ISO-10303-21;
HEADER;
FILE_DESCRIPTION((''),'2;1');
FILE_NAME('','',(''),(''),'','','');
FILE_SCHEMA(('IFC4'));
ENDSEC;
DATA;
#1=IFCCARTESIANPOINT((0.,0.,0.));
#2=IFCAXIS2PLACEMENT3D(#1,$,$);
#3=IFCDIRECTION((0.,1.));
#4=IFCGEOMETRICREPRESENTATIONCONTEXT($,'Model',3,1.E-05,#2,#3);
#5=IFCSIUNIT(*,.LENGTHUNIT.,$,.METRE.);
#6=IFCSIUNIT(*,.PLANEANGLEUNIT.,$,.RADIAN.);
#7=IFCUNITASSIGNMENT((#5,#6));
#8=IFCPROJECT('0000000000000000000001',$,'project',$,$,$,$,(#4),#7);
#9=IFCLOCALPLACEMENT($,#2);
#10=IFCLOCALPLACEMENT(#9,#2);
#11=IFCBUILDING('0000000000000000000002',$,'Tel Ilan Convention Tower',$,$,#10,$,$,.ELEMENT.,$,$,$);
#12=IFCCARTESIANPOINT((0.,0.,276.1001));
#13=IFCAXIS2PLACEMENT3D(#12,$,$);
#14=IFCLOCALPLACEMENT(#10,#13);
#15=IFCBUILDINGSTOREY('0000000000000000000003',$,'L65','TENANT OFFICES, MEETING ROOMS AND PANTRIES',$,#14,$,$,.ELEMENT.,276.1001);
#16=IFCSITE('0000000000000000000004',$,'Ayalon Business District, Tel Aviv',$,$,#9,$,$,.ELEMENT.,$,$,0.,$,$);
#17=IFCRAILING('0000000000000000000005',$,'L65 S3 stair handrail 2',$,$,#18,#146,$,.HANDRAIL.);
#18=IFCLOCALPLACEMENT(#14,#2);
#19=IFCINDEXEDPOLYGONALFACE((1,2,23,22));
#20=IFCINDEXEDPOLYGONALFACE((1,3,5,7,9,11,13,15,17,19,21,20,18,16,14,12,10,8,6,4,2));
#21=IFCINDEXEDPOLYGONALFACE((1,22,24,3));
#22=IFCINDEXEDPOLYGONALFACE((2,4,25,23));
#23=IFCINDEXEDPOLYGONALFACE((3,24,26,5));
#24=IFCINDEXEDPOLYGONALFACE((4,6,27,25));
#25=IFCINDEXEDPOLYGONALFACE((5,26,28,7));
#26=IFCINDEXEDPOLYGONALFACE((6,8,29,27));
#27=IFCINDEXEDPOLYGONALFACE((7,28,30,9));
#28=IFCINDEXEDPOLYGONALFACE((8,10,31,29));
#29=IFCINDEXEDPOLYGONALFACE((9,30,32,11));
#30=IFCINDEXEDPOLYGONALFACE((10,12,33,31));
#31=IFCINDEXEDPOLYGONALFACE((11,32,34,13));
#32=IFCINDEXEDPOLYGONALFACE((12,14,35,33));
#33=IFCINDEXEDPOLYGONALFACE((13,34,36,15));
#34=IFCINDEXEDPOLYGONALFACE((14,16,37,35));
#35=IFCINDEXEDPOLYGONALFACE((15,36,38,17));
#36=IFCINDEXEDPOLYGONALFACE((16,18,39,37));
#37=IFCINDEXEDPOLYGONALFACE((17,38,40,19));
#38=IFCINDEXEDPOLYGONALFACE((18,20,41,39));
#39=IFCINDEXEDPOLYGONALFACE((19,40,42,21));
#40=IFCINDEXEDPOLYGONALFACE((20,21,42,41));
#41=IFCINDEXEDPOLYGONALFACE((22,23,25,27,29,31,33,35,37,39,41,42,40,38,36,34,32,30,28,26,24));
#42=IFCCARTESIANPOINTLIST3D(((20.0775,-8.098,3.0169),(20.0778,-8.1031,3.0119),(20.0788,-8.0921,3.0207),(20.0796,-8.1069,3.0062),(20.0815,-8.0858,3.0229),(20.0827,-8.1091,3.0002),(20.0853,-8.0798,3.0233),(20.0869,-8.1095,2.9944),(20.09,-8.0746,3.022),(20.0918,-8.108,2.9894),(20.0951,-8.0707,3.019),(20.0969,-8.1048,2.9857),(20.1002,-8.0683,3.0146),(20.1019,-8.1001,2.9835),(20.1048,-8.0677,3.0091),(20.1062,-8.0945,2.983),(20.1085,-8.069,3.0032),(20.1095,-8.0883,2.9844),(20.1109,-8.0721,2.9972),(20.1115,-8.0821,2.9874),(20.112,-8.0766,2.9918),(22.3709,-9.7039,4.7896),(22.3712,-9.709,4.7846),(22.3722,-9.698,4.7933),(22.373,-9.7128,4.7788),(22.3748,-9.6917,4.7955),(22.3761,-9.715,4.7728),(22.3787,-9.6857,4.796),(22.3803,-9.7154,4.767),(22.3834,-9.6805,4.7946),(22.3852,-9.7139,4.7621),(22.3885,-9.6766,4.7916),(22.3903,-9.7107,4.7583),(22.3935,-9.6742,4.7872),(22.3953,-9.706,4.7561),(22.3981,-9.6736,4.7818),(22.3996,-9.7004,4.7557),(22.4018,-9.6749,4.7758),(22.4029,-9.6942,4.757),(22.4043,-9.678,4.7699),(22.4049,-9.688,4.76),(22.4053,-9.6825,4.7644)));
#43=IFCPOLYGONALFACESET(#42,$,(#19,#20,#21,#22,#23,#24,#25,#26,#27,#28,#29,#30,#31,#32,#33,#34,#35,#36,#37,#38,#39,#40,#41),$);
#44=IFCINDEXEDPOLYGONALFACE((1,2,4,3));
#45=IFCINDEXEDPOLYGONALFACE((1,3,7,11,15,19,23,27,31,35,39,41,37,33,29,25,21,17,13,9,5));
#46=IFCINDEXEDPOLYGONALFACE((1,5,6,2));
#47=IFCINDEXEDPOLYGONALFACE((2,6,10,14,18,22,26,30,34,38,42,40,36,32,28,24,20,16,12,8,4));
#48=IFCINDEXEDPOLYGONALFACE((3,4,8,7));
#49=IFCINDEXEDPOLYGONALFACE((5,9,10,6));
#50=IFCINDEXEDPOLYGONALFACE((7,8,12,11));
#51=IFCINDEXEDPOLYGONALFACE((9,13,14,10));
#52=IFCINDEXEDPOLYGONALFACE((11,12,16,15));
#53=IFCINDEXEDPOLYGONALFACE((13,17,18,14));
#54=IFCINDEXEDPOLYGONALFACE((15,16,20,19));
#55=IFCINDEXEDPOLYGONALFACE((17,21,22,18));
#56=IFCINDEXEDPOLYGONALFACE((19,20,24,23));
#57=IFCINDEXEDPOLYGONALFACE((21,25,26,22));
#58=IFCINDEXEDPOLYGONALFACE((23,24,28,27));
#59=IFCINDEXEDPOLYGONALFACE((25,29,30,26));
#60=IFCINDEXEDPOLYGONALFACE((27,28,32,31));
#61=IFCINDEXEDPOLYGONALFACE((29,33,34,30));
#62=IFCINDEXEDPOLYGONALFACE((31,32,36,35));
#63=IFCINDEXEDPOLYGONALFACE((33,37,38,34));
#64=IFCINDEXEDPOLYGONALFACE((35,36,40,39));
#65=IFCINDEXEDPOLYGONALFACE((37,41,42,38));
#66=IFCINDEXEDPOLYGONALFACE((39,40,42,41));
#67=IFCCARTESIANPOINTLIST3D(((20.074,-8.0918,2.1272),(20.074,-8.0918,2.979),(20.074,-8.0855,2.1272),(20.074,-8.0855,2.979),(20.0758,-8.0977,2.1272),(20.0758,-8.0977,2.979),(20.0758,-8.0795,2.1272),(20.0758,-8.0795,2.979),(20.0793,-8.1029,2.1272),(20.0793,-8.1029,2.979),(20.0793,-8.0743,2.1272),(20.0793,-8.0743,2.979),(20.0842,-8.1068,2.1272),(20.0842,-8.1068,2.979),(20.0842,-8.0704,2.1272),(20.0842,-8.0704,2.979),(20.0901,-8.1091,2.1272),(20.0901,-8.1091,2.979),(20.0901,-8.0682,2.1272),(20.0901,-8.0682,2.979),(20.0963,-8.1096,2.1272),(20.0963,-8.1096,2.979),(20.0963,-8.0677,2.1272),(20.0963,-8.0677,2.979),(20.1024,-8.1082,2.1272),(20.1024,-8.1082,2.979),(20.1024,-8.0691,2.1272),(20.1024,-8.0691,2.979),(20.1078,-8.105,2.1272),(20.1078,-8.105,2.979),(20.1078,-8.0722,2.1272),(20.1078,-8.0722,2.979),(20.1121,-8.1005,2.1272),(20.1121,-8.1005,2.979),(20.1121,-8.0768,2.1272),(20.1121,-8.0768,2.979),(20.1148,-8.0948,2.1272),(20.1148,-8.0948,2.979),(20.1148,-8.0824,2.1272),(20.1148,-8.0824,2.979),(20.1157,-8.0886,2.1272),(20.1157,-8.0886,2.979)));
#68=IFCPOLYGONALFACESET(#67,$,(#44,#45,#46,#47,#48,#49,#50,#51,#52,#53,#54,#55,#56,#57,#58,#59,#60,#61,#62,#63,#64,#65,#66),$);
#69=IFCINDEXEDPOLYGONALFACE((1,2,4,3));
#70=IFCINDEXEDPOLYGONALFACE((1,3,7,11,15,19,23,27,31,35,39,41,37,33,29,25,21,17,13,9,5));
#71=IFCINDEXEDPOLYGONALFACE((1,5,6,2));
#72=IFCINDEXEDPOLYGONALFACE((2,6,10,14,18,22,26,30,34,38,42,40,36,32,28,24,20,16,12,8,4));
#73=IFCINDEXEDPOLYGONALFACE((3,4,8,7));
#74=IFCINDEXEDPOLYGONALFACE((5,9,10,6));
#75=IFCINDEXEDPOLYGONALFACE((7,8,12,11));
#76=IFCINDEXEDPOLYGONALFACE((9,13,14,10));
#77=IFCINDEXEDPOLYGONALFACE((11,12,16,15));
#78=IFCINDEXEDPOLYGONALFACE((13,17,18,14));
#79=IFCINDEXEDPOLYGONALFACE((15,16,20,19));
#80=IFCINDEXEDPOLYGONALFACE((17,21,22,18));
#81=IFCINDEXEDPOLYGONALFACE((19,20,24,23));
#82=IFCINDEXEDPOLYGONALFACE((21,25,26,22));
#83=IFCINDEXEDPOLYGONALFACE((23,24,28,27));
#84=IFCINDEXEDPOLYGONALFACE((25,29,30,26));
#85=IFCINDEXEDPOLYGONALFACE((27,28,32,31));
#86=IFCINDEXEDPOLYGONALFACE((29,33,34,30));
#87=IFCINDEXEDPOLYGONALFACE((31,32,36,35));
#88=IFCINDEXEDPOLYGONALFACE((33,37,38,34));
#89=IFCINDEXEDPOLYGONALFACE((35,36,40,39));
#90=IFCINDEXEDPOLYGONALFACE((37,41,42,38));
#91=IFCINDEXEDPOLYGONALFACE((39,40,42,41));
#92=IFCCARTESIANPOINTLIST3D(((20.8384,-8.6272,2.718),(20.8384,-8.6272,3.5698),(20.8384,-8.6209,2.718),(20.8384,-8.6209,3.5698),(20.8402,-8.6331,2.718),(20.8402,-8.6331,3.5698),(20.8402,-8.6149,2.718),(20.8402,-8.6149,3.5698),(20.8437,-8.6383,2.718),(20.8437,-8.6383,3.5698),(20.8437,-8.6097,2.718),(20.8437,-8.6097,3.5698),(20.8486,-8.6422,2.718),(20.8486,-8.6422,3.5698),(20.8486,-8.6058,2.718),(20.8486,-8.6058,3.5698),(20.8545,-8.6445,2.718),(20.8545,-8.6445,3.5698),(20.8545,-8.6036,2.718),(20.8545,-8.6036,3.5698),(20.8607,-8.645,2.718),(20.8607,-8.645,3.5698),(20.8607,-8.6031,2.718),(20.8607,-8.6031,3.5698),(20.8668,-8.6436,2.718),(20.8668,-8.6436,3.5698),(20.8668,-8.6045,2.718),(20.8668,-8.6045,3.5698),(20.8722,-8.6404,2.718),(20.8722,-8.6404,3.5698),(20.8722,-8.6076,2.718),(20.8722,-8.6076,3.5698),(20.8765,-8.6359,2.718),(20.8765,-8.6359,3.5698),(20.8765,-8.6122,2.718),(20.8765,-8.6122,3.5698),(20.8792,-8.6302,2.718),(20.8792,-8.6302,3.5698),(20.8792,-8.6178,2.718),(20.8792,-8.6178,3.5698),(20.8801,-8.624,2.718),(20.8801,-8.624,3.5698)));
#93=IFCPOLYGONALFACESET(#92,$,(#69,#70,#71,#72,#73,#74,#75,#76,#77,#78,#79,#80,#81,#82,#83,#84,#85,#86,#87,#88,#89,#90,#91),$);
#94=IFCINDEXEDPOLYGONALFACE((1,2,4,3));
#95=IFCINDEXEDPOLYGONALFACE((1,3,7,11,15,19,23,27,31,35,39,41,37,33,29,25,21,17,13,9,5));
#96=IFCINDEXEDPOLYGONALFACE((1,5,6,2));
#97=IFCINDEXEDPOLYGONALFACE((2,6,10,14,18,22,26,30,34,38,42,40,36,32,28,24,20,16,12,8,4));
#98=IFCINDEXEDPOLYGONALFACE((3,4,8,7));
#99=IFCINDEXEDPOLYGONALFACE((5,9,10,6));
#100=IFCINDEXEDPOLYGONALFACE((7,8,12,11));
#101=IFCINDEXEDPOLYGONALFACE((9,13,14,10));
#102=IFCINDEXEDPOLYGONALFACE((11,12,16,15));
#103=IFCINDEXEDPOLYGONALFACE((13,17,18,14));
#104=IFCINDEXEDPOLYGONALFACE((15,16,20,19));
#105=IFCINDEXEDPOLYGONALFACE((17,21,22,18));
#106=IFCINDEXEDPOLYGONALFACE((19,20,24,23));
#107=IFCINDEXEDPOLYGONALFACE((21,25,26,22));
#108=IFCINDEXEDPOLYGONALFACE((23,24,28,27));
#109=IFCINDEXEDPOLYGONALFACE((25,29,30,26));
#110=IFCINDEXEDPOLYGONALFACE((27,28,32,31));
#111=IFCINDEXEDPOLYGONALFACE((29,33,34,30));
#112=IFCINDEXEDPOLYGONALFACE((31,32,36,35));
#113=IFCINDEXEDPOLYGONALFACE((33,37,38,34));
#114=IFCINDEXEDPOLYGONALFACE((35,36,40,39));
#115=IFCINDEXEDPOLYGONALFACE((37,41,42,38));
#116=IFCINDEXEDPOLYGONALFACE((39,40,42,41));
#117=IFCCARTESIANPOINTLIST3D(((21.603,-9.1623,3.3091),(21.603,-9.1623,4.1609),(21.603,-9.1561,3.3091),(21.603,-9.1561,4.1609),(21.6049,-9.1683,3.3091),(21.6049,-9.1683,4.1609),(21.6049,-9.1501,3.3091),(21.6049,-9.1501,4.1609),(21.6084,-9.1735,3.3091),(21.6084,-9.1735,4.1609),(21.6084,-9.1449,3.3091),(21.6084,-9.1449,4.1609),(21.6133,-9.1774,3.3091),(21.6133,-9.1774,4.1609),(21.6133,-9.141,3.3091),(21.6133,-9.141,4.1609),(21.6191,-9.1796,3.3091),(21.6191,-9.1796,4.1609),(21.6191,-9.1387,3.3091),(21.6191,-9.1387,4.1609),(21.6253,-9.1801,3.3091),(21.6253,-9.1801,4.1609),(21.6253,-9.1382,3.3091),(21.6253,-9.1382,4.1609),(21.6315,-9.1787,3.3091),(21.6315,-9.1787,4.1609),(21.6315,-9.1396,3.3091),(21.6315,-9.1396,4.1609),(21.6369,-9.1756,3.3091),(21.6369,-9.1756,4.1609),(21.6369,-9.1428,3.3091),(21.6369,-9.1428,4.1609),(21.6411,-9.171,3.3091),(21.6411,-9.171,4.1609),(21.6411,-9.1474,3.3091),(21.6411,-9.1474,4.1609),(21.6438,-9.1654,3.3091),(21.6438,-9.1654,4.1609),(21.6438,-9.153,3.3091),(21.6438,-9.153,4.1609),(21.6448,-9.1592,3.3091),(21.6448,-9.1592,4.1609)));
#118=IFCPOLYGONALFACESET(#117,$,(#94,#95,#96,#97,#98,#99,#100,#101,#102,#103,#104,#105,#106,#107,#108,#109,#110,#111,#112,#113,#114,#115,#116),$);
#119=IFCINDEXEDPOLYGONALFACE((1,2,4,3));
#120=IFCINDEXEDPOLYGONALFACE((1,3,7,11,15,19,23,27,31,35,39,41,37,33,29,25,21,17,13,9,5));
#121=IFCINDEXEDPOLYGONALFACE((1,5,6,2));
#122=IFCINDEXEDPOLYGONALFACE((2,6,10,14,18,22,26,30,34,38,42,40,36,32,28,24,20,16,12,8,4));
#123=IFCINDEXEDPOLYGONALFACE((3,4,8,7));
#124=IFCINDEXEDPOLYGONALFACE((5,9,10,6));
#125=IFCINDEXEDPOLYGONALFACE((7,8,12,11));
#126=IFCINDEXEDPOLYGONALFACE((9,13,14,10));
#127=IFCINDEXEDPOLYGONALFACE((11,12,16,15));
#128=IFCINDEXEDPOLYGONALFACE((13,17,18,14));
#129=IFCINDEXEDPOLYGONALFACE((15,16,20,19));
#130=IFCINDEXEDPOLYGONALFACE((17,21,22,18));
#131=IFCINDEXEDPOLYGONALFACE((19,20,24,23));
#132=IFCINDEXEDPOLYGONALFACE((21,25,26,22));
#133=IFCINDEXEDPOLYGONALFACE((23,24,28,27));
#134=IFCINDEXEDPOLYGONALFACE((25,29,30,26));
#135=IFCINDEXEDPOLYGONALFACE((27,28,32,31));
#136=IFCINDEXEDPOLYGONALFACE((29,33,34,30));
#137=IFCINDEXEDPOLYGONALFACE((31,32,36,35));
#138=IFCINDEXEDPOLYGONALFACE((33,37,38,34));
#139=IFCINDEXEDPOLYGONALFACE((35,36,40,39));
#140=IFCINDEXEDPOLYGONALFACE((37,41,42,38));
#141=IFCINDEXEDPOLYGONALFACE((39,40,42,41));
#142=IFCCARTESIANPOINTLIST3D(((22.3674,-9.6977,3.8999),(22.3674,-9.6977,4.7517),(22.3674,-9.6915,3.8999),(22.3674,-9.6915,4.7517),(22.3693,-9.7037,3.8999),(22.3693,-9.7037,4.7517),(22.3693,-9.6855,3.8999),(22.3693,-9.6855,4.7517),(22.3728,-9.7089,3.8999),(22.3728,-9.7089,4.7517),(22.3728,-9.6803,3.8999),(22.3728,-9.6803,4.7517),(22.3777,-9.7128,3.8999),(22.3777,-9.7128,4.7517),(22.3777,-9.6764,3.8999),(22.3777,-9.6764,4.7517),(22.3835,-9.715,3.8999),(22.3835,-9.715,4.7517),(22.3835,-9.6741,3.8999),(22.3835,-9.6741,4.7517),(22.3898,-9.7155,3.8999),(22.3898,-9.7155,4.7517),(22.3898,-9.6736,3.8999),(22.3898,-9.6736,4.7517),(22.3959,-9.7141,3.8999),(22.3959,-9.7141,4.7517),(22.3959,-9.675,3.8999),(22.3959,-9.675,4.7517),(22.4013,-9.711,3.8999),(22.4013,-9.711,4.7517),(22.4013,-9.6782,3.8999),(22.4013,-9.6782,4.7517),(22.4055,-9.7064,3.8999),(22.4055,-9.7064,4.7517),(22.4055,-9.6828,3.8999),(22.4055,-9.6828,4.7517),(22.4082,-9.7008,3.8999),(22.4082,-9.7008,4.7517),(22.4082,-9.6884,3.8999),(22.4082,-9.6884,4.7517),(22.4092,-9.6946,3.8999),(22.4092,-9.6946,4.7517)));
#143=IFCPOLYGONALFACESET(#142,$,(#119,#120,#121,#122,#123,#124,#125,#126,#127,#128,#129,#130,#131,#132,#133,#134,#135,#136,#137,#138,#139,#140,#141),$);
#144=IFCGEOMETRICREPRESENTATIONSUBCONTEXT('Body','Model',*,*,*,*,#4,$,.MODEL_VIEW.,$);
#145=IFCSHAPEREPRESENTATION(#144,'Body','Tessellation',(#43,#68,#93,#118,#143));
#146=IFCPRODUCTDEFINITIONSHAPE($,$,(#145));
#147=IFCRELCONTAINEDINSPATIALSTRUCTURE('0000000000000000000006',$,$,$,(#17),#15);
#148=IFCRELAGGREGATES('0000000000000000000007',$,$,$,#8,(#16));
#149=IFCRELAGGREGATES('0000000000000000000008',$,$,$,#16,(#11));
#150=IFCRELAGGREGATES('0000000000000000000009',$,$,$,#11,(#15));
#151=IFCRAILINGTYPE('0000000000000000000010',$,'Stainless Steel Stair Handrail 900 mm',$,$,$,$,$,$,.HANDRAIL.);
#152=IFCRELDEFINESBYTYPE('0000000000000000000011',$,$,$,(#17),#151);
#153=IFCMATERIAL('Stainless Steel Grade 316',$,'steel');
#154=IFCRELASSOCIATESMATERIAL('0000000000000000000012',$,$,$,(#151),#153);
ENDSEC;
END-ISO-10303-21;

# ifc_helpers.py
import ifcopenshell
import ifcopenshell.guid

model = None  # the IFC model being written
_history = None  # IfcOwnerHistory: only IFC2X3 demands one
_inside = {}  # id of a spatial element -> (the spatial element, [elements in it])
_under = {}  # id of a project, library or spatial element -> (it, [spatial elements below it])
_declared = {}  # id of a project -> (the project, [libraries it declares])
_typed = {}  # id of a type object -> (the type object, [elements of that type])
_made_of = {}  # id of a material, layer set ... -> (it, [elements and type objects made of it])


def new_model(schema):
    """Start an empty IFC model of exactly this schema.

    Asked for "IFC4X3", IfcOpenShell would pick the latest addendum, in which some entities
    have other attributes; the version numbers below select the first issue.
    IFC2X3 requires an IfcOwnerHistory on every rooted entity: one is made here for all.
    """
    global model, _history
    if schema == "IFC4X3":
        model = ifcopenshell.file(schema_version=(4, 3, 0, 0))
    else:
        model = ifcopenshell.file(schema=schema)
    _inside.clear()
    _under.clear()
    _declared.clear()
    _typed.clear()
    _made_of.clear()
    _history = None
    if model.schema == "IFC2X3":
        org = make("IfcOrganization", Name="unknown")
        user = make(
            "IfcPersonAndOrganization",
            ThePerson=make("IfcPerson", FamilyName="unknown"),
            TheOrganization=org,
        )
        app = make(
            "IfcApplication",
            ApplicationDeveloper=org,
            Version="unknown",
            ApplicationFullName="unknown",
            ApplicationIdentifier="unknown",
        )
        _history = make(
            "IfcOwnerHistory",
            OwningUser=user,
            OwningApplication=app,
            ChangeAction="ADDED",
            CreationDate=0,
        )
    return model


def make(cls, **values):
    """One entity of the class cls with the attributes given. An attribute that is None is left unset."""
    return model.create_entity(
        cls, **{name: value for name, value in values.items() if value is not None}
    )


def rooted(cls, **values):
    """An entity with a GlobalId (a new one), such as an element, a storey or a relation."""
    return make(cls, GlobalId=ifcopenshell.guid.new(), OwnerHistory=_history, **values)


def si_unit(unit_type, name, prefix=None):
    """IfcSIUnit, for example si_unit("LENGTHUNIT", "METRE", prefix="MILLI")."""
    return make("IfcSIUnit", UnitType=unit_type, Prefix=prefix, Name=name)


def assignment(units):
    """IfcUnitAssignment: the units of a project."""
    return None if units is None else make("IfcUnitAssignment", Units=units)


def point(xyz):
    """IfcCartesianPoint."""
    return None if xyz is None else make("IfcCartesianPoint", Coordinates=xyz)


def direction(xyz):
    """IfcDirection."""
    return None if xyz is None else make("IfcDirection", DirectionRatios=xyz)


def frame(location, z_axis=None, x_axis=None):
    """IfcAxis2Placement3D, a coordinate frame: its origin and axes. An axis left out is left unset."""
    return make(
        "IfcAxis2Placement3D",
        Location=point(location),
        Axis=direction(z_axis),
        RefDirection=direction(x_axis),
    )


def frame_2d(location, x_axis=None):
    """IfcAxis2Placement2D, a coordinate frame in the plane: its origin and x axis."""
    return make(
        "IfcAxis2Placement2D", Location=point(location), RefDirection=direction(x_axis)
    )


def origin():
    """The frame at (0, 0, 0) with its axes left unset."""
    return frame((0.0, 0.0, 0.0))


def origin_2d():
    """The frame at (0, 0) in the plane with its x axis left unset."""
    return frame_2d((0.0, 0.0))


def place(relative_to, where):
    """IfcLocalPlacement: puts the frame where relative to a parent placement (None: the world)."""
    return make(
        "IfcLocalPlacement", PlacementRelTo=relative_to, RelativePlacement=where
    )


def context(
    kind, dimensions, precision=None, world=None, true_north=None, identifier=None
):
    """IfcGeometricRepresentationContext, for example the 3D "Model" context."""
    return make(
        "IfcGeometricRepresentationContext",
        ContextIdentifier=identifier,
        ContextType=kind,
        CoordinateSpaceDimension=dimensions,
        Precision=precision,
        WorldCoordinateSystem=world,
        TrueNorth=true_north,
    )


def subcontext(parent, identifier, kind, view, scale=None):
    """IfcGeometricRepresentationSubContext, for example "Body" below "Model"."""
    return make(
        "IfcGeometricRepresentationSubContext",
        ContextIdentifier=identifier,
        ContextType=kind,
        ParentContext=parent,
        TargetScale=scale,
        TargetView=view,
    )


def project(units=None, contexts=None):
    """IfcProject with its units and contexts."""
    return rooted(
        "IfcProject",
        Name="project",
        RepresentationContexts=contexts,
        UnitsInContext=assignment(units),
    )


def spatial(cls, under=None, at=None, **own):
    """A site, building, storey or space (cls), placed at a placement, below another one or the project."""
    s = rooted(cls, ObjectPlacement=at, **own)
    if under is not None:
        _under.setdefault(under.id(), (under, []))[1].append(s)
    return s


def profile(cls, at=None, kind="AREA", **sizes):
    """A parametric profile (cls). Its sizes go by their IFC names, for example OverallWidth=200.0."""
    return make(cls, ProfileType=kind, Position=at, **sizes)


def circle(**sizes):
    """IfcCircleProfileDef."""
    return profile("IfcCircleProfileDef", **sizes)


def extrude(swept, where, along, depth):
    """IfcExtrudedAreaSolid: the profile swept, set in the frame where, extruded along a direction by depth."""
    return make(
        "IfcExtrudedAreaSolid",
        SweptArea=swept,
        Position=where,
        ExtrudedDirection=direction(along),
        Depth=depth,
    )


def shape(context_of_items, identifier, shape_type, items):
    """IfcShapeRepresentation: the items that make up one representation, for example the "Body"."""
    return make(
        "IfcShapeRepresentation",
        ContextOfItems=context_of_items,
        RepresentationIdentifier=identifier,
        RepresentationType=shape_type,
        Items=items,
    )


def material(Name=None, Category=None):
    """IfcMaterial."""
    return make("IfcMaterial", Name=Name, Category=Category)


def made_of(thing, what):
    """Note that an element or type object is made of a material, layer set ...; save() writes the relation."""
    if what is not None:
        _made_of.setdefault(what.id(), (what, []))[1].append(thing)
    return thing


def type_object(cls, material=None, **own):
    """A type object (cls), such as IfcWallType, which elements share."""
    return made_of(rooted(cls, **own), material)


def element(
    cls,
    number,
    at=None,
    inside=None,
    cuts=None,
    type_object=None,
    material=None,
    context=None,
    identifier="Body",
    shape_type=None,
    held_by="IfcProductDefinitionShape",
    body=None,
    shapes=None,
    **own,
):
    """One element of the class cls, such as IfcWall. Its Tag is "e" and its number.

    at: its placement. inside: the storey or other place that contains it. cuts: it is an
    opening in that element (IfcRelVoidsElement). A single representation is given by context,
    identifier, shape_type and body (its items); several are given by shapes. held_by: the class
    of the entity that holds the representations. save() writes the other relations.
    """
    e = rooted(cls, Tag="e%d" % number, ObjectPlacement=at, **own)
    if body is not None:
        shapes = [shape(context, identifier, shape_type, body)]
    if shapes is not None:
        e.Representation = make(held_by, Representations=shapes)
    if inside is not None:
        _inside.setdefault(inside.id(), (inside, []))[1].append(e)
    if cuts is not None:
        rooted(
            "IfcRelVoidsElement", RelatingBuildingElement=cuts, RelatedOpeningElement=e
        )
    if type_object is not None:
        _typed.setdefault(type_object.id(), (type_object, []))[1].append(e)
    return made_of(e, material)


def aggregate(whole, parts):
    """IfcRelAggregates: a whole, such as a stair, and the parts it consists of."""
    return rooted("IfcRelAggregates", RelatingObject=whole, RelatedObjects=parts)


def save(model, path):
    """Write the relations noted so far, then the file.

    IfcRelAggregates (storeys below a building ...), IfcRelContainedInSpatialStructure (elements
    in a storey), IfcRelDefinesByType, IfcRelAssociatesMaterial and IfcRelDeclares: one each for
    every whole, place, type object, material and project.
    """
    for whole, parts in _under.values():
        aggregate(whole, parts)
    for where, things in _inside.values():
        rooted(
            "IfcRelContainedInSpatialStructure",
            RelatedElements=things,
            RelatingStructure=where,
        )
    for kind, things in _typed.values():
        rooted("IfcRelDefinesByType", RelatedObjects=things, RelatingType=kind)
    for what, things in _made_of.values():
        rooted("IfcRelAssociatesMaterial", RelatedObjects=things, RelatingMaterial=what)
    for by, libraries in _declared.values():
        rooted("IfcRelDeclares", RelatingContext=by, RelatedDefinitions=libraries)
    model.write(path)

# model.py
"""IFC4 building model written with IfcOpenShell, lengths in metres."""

from ifc_helpers import new_model, si_unit, direction, frame, origin, origin_2d, place, context, subcontext, project, spatial, circle, extrude, material, type_object, element, save


model = new_model("IFC4")

# Units and contexts
model_context = context("Model", 3, precision=1e-05, world=origin(), true_north=direction((0.0, 1.0)))
body_context = subcontext(model_context, "Body", "Model", "MODEL_VIEW")
ifc_project = project(units=[si_unit("LENGTHUNIT", "METRE"), si_unit("PLANEANGLEUNIT", "RADIAN")], contexts=[model_context])

# Site, building, storey
site_placement = place(None, origin())
site = spatial("IfcSite", under=ifc_project, at=site_placement, Name="Ayalon Business District, Tel Aviv", CompositionType="ELEMENT", RefElevation=0.0)
building_placement = place(site_placement, origin())
building = spatial("IfcBuilding", under=site, at=building_placement, Name="Tel Ilan Convention Tower", CompositionType="ELEMENT")
storey_placement = place(building_placement, frame((0.0, 0.0, 276.1001)))
storey = spatial("IfcBuildingStorey", under=building, at=storey_placement, Name="L65", Description="TENANT OFFICES, MEETING ROOMS AND PANTRIES", CompositionType="ELEMENT", Elevation=276.1001)

# Railing
ifc_material_1 = material(Name="Stainless Steel Grade 316", Category="steel")
railing_type_1 = type_object("IfcRailingType", Name="Stainless Steel Stair Handrail 900 mm", PredefinedType="HANDRAIL", material=ifc_material_1)
railing_1_placement = place(storey_placement, frame((20.0947, -8.0886, 2.1272)))
element("IfcRailing", 1, at=railing_1_placement, inside=storey, type_object=railing_type_1, Name="L65 S3 stair handrail 2", PredefinedType="HANDRAIL", context=body_context, shape_type="SweptSolid", body=[
    extrude(circle(Radius=0.0239, at=origin_2d()), frame((0.0, 0.0, 0.876), z_axis=(0.692085, -0.484621, 0.53494), x_axis=(0.573591, 0.819142, 0.0)), (0.0, 0.0, 1.0), 3.3137),
    extrude(circle(Radius=0.021, at=origin_2d()), origin(), (0.0, 0.0, 1.0), 0.8518),
    extrude(circle(Radius=0.021, at=origin_2d()), frame((0.7644, -0.5354, 0.5908)), (0.0, 0.0, 1.0), 0.8518),
    extrude(circle(Radius=0.021, at=origin_2d()), frame((1.5291, -1.0706, 1.1819)), (0.0, 0.0, 1.0), 0.8518),
    extrude(circle(Radius=0.021, at=origin_2d()), frame((2.2935, -1.606, 1.7727)), (0.0, 0.0, 1.0), 0.8518),
])

save(model, "model.ifc")
